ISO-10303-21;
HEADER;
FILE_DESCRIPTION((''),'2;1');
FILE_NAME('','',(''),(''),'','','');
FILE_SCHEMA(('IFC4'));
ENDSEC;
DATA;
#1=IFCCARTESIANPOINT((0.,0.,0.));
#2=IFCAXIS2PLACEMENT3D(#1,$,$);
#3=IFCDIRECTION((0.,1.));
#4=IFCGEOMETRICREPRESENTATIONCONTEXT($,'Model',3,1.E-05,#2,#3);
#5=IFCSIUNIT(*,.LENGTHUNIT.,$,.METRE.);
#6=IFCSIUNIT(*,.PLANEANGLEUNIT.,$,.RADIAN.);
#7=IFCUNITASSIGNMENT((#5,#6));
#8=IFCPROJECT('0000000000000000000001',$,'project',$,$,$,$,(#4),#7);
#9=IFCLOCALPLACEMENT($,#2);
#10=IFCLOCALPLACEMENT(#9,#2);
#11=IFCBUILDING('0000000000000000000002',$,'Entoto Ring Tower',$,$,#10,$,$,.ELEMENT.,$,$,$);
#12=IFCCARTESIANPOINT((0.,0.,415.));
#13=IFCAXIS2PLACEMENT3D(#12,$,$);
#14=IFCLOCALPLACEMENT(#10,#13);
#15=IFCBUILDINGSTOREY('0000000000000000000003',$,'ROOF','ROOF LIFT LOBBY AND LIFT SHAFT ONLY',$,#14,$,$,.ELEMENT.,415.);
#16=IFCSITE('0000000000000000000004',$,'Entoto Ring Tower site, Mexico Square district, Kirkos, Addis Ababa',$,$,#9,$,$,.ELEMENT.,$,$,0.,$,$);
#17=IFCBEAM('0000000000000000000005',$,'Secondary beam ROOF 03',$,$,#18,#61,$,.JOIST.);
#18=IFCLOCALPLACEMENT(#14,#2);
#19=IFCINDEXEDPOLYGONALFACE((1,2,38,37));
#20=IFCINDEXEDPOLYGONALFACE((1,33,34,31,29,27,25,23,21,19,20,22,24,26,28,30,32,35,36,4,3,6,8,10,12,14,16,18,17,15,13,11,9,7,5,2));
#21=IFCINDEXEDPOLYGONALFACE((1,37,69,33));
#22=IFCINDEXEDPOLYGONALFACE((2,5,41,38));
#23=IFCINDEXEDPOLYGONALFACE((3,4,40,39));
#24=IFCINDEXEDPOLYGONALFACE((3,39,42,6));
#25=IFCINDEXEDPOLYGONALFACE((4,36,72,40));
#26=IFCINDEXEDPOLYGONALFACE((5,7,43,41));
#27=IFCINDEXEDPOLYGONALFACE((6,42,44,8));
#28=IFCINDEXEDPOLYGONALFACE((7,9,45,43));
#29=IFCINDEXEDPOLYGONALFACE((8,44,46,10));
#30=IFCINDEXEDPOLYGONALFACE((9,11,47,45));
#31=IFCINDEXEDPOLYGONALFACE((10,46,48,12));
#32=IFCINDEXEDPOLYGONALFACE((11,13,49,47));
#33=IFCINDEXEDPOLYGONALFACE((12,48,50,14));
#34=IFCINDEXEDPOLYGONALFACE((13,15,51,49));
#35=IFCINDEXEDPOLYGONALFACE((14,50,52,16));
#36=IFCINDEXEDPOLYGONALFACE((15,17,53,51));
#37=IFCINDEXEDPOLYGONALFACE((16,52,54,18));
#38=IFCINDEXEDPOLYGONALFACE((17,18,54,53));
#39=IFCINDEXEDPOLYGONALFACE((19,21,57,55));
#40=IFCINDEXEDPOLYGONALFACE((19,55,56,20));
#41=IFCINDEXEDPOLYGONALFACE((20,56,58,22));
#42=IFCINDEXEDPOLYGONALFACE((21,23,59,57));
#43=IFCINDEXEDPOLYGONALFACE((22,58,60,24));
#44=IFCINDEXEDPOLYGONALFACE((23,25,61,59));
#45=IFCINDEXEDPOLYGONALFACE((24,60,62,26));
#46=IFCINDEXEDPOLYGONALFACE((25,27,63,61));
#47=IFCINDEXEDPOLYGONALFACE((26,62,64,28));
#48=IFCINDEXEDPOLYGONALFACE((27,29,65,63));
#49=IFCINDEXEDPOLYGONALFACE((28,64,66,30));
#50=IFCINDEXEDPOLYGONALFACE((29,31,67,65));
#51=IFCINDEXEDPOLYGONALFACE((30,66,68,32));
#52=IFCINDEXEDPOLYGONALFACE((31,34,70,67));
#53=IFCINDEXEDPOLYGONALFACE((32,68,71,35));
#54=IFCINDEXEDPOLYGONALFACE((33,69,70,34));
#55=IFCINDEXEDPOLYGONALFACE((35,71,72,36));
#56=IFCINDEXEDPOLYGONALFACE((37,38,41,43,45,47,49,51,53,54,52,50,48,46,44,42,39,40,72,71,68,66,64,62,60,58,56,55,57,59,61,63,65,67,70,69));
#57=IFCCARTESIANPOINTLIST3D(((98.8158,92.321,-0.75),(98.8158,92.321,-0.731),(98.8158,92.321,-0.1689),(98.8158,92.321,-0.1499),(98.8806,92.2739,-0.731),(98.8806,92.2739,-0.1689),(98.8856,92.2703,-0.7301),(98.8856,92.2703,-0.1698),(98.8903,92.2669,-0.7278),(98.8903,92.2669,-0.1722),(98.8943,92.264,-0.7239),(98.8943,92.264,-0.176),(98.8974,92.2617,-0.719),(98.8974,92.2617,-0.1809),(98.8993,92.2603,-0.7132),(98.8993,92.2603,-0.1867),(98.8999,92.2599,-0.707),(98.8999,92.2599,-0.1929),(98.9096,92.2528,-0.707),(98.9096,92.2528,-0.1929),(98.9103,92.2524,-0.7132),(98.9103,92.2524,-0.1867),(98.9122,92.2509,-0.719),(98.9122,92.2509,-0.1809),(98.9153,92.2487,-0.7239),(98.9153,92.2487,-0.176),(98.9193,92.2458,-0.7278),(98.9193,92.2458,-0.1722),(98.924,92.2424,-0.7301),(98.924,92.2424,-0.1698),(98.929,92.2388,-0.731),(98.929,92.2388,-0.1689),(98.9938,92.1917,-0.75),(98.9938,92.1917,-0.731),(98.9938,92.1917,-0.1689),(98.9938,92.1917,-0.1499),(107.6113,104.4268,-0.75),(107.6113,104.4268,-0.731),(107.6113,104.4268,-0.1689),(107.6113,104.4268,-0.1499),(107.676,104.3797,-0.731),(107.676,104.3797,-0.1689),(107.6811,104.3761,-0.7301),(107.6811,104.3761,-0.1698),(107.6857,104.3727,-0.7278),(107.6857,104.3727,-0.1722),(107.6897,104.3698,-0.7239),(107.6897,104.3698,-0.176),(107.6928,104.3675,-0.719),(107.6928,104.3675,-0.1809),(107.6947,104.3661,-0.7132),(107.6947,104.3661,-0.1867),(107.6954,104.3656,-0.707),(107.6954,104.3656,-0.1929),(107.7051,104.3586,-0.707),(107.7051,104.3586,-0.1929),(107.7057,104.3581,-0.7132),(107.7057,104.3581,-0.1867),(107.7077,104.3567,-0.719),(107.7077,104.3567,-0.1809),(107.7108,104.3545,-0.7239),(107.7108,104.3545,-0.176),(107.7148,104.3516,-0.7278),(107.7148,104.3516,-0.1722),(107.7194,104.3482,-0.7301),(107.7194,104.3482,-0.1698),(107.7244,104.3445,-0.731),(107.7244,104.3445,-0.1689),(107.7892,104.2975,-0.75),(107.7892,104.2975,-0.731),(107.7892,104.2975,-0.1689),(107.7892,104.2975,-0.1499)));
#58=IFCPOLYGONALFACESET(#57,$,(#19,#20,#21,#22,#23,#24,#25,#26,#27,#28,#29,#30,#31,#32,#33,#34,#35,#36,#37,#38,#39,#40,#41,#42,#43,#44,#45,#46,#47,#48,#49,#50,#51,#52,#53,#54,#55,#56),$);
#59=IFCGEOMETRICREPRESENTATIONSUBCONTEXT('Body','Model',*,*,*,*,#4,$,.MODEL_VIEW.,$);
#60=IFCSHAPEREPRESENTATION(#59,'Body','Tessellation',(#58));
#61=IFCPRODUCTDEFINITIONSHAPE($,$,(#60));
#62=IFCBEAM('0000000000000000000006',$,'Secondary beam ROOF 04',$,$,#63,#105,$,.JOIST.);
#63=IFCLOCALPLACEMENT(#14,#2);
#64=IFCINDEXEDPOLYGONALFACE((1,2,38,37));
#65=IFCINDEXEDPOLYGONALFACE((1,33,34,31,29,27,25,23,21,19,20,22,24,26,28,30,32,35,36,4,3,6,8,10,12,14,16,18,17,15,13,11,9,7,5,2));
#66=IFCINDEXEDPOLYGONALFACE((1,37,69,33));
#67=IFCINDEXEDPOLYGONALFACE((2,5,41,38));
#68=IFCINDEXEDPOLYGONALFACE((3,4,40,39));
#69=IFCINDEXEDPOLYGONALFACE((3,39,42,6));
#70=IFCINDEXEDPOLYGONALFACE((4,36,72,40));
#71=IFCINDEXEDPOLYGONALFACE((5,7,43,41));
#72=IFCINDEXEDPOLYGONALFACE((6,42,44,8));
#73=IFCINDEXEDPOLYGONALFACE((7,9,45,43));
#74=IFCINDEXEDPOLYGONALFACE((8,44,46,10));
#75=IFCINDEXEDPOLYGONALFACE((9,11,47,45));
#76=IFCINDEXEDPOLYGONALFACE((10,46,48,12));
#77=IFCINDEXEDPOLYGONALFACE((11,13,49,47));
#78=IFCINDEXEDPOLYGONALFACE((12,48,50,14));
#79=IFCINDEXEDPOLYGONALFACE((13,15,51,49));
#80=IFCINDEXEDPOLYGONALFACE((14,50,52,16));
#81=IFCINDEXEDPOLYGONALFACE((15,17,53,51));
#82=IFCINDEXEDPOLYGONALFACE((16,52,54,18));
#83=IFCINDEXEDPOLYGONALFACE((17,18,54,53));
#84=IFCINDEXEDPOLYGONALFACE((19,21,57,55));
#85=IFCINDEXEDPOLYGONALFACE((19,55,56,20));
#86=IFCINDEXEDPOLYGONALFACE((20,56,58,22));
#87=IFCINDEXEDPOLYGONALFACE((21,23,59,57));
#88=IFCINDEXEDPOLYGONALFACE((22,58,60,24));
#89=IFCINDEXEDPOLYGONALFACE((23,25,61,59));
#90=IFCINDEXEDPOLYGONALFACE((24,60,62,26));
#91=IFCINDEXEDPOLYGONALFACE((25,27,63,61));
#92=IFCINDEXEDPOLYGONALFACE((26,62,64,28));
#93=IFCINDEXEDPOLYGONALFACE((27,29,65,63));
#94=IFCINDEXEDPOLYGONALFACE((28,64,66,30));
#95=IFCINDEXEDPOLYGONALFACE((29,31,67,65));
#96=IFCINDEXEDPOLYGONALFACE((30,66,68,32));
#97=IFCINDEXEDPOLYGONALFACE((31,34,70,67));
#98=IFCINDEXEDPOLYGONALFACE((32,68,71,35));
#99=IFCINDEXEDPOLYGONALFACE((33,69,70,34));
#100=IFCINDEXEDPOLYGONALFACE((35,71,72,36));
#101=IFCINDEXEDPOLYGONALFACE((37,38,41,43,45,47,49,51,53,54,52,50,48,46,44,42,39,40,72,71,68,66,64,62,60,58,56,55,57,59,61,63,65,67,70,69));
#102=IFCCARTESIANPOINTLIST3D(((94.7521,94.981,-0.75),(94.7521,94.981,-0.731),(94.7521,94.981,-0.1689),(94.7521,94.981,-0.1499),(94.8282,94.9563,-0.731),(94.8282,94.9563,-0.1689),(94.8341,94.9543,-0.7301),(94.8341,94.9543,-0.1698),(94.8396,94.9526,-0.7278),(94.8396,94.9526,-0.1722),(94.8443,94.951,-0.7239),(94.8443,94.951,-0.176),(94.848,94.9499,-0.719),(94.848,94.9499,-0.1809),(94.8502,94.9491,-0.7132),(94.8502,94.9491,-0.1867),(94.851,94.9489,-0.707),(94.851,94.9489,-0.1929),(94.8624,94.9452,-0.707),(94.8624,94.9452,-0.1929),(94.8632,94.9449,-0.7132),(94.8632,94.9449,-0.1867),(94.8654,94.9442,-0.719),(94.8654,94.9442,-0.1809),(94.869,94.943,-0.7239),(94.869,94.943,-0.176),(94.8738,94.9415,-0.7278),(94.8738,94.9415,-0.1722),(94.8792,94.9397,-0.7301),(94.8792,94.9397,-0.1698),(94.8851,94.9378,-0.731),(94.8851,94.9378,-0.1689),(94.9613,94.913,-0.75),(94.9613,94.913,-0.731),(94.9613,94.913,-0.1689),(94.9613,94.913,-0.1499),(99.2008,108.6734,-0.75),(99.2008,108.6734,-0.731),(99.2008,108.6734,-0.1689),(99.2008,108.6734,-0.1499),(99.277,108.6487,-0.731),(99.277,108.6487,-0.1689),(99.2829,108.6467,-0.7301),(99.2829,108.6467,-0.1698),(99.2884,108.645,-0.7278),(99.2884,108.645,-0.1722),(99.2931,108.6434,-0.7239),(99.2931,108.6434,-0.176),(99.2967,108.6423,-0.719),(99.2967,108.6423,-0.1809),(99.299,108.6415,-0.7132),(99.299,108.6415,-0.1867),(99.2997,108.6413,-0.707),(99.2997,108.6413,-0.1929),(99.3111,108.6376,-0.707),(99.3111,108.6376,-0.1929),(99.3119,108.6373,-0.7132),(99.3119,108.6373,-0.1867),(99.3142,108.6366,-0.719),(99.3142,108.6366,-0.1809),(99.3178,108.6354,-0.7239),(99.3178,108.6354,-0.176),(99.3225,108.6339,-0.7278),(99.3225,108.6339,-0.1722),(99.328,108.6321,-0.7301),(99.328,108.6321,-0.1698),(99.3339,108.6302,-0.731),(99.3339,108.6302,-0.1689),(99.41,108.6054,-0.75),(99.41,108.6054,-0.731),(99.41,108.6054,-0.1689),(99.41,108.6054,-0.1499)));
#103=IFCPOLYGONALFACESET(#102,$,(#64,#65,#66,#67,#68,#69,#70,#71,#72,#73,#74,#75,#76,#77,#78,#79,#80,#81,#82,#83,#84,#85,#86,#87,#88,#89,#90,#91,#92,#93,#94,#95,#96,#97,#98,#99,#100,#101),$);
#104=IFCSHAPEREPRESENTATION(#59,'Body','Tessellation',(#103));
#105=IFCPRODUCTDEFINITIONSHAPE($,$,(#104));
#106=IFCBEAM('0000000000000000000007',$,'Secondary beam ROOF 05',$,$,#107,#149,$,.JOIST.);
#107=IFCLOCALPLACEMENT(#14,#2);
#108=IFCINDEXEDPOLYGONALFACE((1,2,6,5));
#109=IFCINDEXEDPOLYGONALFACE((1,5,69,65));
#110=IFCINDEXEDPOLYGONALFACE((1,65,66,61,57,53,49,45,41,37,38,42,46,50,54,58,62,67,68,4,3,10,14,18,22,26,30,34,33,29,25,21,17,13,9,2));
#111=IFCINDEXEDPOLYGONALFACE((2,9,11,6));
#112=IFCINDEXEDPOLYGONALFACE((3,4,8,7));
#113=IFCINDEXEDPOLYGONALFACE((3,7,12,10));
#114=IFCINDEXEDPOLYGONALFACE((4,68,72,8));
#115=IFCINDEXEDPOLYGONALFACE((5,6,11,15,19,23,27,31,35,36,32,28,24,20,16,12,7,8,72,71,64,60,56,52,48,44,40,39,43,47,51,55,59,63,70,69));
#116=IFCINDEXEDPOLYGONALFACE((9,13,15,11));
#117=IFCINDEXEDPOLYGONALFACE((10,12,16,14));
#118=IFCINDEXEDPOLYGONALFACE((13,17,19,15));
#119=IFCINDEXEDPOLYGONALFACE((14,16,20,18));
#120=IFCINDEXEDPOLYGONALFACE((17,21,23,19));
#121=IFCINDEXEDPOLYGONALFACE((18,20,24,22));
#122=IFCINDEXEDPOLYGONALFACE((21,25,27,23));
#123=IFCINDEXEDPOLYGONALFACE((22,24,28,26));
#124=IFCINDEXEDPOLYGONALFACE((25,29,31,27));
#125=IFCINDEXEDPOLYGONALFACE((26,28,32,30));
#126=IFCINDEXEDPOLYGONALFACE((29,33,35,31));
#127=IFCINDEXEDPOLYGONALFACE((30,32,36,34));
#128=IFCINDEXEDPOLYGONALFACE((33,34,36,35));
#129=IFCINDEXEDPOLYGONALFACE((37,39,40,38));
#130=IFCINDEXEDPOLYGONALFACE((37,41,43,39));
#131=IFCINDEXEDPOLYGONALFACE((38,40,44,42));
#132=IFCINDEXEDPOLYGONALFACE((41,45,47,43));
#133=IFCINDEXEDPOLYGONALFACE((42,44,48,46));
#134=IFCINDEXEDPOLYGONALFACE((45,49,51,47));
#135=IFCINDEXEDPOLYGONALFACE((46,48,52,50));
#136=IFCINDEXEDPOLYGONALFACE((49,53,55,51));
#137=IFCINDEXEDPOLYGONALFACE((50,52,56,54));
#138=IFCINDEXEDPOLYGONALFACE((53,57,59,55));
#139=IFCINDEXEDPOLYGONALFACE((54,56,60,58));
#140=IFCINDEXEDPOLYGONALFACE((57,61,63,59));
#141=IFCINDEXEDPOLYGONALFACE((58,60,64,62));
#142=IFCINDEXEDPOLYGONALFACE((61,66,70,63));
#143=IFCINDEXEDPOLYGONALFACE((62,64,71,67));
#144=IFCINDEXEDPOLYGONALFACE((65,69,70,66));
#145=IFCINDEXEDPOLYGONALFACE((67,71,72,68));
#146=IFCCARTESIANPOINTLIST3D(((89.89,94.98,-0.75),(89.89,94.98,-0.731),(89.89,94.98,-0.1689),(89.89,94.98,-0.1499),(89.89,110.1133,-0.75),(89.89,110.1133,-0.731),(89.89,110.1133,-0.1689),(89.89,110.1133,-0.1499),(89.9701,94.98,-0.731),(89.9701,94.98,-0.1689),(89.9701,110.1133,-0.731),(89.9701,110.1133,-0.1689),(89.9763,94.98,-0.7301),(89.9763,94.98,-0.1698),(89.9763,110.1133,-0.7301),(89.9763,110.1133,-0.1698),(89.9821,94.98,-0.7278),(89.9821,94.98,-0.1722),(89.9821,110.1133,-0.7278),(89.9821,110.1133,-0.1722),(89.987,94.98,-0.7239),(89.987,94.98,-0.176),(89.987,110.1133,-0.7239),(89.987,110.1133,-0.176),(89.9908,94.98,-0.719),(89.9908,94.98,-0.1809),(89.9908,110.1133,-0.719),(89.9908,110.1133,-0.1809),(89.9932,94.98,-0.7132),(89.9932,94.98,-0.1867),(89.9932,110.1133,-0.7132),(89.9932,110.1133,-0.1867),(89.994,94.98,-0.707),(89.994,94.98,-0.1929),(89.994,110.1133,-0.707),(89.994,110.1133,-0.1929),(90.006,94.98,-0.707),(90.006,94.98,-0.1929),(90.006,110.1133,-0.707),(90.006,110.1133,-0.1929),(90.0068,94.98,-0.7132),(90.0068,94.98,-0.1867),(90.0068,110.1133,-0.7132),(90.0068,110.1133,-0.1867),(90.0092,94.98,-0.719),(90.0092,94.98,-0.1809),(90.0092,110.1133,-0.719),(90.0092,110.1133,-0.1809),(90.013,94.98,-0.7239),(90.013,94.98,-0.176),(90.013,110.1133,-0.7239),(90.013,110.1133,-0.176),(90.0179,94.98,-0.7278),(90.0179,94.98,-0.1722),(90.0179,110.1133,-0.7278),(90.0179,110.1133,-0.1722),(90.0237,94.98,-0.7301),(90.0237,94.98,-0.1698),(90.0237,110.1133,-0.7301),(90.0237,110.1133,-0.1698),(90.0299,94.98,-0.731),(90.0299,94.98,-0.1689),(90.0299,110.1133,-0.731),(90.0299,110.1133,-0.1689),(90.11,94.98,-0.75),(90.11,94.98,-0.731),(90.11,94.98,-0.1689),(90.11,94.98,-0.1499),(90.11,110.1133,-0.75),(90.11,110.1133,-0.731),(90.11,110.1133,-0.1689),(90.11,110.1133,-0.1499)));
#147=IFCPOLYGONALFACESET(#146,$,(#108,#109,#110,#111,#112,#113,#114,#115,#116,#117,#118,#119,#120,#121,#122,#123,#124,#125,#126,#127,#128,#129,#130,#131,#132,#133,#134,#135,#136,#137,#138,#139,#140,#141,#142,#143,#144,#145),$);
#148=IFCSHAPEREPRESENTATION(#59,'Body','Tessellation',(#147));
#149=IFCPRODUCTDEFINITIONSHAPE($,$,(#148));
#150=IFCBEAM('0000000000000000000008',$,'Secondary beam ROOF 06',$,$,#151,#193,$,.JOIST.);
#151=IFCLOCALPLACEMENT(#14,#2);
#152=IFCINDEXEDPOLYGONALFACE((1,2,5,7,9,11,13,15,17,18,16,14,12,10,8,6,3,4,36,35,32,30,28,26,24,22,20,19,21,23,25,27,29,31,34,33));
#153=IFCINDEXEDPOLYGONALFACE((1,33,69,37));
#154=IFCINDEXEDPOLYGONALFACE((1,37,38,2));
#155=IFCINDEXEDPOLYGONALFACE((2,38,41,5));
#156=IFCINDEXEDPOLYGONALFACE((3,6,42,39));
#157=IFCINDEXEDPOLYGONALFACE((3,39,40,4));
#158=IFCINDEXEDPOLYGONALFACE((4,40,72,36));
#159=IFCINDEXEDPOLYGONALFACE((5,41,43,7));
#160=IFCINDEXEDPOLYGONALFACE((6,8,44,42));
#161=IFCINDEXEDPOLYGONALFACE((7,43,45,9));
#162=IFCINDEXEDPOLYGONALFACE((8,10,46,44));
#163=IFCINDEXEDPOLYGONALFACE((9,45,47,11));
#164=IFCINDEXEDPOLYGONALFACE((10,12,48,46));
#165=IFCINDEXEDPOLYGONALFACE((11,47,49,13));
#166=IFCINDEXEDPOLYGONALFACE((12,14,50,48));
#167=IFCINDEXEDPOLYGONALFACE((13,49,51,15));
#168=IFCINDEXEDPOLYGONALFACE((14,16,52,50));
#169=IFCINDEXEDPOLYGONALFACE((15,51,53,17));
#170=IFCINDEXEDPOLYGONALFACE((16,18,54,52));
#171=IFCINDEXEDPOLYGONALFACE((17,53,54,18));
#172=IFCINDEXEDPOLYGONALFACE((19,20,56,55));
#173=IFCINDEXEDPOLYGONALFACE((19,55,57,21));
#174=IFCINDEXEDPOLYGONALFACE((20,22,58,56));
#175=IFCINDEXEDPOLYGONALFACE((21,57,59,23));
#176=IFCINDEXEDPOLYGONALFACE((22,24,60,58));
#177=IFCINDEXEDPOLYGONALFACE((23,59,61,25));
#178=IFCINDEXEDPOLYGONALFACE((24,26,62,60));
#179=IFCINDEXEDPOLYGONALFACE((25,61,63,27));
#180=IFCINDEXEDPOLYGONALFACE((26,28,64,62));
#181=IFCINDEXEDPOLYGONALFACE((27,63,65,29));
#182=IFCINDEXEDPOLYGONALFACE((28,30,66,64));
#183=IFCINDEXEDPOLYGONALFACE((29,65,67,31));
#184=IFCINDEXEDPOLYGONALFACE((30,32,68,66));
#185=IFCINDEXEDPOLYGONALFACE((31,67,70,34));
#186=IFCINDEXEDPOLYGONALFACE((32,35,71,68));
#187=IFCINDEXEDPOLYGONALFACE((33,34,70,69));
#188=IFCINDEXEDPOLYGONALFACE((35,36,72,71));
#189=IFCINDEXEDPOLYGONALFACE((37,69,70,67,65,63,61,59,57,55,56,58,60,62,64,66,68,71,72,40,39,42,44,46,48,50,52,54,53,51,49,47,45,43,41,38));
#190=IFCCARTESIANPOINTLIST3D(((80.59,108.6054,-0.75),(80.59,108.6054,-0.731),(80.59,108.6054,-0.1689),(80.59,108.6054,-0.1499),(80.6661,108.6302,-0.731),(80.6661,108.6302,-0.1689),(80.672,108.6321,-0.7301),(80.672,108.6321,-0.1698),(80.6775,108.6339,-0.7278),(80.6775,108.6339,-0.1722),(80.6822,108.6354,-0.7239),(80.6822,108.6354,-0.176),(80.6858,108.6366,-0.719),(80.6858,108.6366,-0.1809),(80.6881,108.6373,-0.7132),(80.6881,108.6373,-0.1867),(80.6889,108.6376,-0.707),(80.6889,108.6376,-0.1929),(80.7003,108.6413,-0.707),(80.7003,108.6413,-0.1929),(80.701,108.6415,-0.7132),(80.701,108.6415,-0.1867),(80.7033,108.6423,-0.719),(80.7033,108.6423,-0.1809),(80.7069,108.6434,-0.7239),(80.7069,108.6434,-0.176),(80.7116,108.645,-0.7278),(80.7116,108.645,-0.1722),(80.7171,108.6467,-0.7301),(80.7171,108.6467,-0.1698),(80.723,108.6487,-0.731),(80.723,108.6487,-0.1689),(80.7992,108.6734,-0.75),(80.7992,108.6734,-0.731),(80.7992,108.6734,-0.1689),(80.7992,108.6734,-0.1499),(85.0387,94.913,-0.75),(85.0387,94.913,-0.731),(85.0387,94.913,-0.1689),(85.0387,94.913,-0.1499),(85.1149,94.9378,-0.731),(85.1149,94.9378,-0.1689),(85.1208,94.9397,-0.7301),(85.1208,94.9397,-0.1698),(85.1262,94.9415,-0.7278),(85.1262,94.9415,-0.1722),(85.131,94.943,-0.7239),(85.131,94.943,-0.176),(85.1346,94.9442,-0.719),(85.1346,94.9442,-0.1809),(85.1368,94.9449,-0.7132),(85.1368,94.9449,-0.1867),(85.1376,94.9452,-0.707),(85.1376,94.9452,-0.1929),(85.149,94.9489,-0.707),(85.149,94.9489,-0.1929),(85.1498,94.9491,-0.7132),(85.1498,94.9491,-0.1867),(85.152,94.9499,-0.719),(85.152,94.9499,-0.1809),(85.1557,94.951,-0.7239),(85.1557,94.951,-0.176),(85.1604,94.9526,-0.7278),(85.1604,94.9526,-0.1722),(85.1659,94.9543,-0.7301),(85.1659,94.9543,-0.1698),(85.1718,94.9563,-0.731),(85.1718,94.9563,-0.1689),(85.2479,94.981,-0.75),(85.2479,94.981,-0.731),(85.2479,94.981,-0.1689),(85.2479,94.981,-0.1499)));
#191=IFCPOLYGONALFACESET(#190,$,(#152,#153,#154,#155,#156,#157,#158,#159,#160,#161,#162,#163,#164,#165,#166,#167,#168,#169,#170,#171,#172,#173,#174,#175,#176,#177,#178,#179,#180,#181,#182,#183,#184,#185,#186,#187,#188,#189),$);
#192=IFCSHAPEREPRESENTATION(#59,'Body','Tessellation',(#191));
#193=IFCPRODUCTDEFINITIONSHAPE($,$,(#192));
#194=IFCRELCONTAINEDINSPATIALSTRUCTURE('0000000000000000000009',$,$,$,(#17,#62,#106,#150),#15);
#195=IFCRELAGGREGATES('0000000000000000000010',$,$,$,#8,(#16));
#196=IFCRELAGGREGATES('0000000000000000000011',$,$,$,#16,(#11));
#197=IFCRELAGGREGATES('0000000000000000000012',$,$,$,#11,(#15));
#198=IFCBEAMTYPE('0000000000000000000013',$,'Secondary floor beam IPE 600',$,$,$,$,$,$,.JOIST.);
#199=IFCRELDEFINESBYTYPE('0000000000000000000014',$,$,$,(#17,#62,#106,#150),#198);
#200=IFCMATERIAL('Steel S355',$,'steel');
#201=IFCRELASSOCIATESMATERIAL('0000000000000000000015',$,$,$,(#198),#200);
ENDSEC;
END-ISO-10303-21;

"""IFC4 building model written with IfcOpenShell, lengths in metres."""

from ifc_helpers import new_model, si_unit, direction, frame, origin, origin_2d, place, context, subcontext, project, spatial, i_section, extrude, material, material_profile, profile_set, type_object, element, save


model = new_model("IFC4")

# Units and contexts
model_context = context("Model", 3, precision=1e-05, world=origin(), true_north=direction((0.0, 1.0)))
body_context = subcontext(model_context, "Body", "Model", "MODEL_VIEW")
ifc_project = project(units=[si_unit("LENGTHUNIT", "METRE"), si_unit("PLANEANGLEUNIT", "RADIAN")], contexts=[model_context])

# Site, building, storey
site_placement = place(None, origin())
site = spatial("IfcSite", under=ifc_project, at=site_placement, Name="Entoto Ring Tower site, Mexico Square district, Kirkos, Addis Ababa", CompositionType="ELEMENT", RefElevation=0.0)
building_placement = place(site_placement, origin())
building = spatial("IfcBuilding", under=site, at=building_placement, Name="Entoto Ring Tower", CompositionType="ELEMENT")
storey_placement = place(building_placement, frame((0.0, 0.0, 415.0)))
storey = spatial("IfcBuildingStorey", under=building, at=storey_placement, Name="ROOF", Description="ROOF LIFT LOBBY AND LIFT SHAFT ONLY", CompositionType="ELEMENT", Elevation=415.0)

# Beams
ifc_material_1 = material(Name="Steel S355", Category="steel")
ifc_material_profile_1 = material_profile(ifc_material_1, i_section(OverallWidth=0.22, OverallDepth=0.6001, WebThickness=0.012, FlangeThickness=0.019, FilletRadius=0.0239, at=origin_2d()), Name="IPE 600")
ifc_profile_set_1 = profile_set([ifc_material_profile_1], Name="Steel S355")
beam_type_1 = type_object("IfcBeamType", Name="Secondary floor beam IPE 600", PredefinedType="JOIST", material=ifc_profile_set_1)
for number, where, z_axis, x_axis, name in (
    (1, (98.9048, 92.2563, -0.45), (0.587789, 0.809014, 0.0), (-0.809014, 0.587789, 0.0), "Secondary beam ROOF 03"),
):
    element("IfcBeam", number, at=place(storey_placement, frame(where, z_axis=z_axis, x_axis=x_axis)), inside=storey, type_object=beam_type_1, Name=name, PredefinedType="JOIST", context=body_context, shape_type="SweptSolid", body=[
        extrude(i_section(OverallWidth=0.22, OverallDepth=0.6001, WebThickness=0.012, FlangeThickness=0.019, FilletRadius=0.0239, at=origin_2d()), origin(), (0.0, 0.0, 1.0), 14.9636),
    ])
beam_1_placement = place(storey_placement, frame((94.8567, 94.947, -0.45), z_axis=(0.309005, 0.95106, 0.0), x_axis=(-0.95106, 0.309005, 0.0)))
element("IfcBeam", 2, at=beam_1_placement, inside=storey, type_object=beam_type_1, Name="Secondary beam ROOF 04", PredefinedType="JOIST", context=body_context, shape_type="SweptSolid", body=[
    extrude(i_section(OverallWidth=0.22, OverallDepth=0.6001, WebThickness=0.012, FlangeThickness=0.019, FilletRadius=0.0239, at=origin_2d()), origin(), (0.0, 0.0, 1.0), 14.397),
])
beam_2_placement = place(storey_placement, frame((90.0, 94.98, -0.45), z_axis=(0.0, 1.0, 0.0), x_axis=(-1.0, 0.0, 0.0)))
element("IfcBeam", 3, at=beam_2_placement, inside=storey, type_object=beam_type_1, Name="Secondary beam ROOF 05", PredefinedType="JOIST", context=body_context, shape_type="SweptSolid", body=[
    extrude(i_section(OverallWidth=0.22, OverallDepth=0.6001, WebThickness=0.012, FlangeThickness=0.019, FilletRadius=0.0239, at=origin_2d()), origin(), (0.0, 0.0, 1.0), 15.1333),
])
beam_3_placement = place(storey_placement, frame((85.1433, 94.947, -0.45), z_axis=(-0.309005, 0.95106, 0.0), x_axis=(-0.95106, -0.309005, 0.0)))
element("IfcBeam", 4, at=beam_3_placement, inside=storey, type_object=beam_type_1, Name="Secondary beam ROOF 06", PredefinedType="JOIST", context=body_context, shape_type="SweptSolid", body=[
    extrude(i_section(OverallWidth=0.22, OverallDepth=0.6001, WebThickness=0.012, FlangeThickness=0.019, FilletRadius=0.0239, at=origin_2d()), origin(), (0.0, 0.0, 1.0), 14.397),
])

save(model, "model.ifc")
